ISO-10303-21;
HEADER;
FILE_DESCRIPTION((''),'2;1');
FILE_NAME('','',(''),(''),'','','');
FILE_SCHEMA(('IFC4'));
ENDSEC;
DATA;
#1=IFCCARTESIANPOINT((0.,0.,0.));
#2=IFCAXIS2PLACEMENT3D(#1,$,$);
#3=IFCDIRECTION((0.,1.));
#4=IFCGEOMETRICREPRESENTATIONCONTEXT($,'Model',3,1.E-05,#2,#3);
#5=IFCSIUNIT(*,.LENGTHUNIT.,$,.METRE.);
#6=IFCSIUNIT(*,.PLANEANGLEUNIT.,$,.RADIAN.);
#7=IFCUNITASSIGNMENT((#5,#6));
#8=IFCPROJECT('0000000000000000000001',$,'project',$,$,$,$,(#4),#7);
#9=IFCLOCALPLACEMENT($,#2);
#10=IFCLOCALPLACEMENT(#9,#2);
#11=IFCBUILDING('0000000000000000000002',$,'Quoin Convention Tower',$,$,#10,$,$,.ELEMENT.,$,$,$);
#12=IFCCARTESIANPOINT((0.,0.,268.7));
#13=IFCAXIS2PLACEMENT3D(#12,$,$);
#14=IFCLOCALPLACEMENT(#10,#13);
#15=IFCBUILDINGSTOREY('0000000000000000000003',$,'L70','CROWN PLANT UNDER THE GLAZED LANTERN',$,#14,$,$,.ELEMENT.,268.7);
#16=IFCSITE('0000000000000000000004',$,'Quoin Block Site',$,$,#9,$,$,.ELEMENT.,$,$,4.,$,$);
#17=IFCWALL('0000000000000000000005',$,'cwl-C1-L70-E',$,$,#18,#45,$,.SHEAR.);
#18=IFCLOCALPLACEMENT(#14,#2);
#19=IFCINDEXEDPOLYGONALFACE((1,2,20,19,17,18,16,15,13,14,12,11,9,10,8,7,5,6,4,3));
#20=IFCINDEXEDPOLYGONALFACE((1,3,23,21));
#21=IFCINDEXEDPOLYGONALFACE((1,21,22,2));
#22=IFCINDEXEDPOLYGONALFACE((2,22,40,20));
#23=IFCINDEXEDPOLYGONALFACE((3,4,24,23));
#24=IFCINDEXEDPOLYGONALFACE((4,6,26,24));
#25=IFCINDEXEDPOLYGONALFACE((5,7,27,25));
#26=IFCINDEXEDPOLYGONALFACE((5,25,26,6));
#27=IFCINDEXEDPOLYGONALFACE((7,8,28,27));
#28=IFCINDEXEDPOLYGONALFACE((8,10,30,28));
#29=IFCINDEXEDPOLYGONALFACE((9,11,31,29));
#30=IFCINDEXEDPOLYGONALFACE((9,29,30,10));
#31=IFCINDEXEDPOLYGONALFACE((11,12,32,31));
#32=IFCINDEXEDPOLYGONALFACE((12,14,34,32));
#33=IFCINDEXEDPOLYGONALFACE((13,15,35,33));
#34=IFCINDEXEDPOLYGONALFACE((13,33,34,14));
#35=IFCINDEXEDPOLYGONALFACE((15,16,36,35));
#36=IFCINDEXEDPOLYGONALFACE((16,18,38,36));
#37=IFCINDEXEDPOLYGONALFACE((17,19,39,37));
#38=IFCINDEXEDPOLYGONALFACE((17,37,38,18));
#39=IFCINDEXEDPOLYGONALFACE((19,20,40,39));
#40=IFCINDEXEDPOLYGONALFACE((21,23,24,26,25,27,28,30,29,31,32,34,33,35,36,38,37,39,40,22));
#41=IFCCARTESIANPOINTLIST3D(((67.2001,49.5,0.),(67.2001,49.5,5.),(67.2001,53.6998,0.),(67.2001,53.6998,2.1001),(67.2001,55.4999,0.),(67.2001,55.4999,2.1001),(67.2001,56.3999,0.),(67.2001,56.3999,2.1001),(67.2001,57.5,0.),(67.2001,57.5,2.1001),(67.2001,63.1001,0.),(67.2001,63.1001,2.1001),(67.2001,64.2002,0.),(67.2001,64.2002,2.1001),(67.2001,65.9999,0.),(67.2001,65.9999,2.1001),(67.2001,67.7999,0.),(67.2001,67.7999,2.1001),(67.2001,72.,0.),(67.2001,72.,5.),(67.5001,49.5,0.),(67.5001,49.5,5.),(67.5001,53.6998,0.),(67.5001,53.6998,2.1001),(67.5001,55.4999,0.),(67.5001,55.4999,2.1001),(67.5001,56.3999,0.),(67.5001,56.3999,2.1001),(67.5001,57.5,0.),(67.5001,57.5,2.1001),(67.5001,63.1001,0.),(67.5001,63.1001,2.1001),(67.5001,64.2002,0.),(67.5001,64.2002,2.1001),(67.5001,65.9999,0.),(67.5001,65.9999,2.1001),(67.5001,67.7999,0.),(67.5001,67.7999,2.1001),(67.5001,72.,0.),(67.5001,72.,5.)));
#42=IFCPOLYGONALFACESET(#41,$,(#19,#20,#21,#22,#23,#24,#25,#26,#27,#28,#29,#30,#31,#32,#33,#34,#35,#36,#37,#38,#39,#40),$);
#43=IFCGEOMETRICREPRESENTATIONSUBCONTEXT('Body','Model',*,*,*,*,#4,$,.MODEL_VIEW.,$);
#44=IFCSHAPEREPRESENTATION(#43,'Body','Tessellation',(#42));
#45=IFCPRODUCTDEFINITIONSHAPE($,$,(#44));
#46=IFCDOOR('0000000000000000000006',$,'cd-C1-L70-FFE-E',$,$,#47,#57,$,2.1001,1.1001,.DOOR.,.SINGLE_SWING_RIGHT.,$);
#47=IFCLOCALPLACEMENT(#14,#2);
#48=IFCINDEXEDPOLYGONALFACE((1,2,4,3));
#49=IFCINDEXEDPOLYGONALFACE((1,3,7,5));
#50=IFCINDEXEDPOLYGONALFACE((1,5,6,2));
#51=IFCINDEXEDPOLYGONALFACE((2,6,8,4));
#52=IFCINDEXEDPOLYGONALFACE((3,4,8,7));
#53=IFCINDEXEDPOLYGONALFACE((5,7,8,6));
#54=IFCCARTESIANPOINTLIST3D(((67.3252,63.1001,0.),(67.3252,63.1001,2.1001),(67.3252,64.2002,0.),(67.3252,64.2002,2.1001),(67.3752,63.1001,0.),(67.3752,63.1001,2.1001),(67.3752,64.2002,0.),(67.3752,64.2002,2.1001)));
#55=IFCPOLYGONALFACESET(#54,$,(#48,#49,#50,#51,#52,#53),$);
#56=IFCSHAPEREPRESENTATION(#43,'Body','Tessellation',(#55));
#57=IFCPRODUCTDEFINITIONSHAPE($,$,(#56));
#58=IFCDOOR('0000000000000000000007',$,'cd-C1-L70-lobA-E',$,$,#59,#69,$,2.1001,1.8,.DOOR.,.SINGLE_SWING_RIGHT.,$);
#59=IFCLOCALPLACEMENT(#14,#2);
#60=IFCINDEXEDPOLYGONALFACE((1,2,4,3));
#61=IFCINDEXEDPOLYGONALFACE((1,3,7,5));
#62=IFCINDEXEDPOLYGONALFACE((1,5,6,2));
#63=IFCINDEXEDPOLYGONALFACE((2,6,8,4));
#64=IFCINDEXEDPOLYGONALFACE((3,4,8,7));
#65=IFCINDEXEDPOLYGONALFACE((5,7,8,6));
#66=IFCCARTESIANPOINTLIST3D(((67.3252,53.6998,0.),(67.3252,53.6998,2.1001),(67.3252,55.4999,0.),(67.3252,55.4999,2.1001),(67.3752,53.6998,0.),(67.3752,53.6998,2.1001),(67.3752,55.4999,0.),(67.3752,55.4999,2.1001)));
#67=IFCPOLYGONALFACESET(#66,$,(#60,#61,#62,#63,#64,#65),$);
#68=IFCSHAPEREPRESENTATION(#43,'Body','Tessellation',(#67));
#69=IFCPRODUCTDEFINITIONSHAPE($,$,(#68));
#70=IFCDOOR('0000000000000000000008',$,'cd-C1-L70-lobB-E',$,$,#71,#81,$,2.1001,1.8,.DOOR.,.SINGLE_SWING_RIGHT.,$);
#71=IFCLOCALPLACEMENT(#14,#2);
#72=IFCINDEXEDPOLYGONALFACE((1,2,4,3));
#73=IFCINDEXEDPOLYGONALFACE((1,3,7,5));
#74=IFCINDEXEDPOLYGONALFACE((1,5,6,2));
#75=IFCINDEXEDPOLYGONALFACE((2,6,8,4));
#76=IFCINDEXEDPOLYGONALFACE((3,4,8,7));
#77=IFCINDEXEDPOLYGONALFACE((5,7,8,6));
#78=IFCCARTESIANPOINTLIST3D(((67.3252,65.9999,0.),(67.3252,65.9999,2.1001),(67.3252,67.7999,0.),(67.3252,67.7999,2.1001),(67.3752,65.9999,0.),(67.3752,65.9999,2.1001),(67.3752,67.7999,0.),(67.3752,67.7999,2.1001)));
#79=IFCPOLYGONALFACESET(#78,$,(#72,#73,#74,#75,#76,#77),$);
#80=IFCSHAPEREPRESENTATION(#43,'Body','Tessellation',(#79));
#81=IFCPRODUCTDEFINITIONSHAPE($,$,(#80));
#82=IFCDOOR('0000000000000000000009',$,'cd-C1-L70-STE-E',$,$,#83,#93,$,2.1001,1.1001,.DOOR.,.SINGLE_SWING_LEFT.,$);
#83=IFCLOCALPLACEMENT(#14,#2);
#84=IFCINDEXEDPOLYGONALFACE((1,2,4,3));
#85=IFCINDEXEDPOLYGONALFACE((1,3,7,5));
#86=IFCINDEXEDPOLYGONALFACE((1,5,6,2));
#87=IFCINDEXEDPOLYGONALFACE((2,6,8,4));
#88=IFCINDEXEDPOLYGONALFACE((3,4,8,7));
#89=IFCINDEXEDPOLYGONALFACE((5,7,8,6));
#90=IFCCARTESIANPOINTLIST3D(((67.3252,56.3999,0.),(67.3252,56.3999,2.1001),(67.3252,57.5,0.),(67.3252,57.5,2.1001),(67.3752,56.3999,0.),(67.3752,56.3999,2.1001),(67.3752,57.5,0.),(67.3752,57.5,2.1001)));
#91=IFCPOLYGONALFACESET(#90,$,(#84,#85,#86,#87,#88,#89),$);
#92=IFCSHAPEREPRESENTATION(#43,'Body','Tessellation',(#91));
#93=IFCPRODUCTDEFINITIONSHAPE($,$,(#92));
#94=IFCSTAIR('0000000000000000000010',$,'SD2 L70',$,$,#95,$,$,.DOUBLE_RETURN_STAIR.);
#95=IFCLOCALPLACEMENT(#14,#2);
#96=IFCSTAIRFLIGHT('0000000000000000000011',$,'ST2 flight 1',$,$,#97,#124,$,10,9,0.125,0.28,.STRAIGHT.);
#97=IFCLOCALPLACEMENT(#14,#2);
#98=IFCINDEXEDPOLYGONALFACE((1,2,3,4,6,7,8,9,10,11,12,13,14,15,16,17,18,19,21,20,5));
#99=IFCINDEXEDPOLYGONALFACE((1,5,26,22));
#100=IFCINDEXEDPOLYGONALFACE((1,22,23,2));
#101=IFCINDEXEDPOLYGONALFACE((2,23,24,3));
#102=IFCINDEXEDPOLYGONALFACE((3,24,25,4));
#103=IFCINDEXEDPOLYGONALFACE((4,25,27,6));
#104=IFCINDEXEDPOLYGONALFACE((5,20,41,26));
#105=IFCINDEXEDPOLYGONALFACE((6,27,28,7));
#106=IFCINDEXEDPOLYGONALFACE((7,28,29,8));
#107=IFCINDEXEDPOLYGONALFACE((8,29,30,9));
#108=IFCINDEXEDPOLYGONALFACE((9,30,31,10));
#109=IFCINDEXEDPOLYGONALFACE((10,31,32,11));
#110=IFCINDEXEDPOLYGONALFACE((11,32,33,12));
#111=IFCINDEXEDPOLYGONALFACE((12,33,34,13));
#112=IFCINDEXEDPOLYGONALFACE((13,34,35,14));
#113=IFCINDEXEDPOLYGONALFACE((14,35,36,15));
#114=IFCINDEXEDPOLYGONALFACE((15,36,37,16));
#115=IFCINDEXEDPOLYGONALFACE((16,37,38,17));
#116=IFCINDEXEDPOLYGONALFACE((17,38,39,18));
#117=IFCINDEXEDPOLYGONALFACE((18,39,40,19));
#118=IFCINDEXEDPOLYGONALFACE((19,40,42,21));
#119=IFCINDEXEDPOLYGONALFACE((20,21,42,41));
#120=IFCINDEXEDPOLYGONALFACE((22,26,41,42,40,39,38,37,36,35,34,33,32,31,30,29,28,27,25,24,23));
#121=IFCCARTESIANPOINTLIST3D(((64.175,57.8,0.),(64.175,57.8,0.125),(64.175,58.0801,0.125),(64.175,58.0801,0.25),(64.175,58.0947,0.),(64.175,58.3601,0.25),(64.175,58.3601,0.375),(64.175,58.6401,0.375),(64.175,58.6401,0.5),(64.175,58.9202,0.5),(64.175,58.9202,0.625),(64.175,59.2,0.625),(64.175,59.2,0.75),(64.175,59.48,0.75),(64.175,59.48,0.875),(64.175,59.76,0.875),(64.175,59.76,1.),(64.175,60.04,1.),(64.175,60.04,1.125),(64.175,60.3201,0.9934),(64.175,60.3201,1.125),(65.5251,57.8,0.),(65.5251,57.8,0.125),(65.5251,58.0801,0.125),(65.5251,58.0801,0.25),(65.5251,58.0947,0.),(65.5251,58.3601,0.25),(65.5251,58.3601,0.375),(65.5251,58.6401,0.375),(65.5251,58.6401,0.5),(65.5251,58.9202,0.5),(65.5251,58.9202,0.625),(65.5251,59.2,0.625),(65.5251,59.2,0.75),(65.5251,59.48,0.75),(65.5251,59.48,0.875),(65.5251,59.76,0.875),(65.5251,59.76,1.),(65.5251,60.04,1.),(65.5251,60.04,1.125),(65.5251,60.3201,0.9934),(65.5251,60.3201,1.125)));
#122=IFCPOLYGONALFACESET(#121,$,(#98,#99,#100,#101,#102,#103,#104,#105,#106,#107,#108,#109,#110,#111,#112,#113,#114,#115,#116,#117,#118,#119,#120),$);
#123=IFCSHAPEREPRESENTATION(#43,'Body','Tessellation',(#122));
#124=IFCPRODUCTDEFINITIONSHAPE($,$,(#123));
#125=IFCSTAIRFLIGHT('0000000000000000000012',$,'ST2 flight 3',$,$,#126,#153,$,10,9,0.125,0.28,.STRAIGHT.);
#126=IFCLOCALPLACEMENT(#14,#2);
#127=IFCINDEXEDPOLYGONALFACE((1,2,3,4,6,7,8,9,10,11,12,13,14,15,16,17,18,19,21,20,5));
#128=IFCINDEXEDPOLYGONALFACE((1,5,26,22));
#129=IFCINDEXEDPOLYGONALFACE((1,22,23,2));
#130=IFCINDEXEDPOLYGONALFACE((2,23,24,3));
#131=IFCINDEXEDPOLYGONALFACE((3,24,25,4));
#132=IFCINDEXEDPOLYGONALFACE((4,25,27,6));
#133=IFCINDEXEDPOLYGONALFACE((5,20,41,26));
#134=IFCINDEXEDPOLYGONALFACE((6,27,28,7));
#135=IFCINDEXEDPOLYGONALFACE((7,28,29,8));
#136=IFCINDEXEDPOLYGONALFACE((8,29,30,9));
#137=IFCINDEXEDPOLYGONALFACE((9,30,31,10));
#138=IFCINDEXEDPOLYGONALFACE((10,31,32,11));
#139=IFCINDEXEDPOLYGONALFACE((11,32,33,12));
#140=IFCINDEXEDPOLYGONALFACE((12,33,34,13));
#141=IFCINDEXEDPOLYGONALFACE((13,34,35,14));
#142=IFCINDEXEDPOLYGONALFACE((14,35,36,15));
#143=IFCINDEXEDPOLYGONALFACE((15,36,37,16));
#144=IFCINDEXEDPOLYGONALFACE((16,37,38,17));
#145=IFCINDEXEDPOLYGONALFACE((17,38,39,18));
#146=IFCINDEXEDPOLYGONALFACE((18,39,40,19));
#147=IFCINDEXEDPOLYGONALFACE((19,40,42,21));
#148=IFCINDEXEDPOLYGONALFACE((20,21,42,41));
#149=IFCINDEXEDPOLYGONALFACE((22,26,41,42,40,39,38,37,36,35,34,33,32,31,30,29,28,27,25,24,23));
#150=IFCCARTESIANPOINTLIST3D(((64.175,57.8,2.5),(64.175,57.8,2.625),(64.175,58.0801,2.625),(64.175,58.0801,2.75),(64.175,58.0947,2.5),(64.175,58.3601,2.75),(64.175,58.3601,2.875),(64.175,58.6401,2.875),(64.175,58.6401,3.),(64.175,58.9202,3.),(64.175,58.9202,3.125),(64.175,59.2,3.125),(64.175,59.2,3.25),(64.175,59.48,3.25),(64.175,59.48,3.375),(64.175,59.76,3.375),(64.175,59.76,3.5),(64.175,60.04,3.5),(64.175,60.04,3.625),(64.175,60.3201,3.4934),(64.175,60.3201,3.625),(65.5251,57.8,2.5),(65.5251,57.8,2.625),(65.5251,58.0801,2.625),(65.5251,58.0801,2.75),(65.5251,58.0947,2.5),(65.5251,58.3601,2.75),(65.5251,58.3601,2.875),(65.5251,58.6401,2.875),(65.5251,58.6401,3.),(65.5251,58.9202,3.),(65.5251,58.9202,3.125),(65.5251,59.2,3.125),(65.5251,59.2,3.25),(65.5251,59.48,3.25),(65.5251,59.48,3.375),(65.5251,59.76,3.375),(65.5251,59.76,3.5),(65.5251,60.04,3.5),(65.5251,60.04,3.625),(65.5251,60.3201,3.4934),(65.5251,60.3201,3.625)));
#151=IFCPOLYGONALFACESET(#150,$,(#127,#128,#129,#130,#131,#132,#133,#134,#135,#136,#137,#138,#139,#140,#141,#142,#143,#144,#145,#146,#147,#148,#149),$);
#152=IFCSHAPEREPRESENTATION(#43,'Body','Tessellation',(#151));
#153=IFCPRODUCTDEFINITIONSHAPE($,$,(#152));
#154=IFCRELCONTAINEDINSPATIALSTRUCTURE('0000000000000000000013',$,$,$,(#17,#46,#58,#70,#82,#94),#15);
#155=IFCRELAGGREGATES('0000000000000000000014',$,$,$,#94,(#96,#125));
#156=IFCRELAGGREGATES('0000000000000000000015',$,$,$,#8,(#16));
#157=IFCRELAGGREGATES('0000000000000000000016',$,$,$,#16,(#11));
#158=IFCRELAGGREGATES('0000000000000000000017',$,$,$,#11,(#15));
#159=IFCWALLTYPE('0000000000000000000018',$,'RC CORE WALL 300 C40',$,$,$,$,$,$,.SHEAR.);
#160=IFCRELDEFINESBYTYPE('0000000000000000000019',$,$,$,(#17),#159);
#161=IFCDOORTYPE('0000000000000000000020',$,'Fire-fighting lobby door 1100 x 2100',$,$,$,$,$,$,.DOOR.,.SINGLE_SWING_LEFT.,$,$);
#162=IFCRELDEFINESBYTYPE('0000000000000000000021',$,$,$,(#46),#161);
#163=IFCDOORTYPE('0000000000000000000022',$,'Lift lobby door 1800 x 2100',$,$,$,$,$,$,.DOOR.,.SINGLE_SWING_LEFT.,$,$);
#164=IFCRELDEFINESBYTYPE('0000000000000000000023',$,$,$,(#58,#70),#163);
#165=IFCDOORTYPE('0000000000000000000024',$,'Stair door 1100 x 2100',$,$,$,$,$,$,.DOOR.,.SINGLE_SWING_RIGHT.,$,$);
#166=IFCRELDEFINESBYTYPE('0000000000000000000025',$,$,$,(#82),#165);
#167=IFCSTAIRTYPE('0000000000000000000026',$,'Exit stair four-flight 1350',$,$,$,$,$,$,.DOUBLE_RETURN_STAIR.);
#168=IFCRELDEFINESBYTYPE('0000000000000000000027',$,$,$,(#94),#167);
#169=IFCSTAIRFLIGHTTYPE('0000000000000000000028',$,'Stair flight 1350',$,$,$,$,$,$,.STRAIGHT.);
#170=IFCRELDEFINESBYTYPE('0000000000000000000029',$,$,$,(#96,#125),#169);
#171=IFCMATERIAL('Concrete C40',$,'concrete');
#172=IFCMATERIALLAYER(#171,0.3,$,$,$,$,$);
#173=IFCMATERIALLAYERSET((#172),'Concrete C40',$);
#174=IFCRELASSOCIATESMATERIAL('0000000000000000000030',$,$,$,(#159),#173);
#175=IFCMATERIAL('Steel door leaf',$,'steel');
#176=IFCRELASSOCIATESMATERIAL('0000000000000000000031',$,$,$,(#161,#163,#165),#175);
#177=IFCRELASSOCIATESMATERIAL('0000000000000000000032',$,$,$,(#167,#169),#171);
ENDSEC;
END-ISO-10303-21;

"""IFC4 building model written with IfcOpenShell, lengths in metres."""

from ifc_helpers import new_model, si_unit, direction, frame, frame_2d, origin, place, context, subcontext, project, spatial, polyline, rectangle, outline, extrude, material, layer, layer_set, type_object, element, fill, aggregate, save


model = new_model("IFC4")

# Units and contexts
model_context = context("Model", 3, precision=1e-05, world=origin(), true_north=direction((0.0, 1.0)))
body_context = subcontext(model_context, "Body", "Model", "MODEL_VIEW")
ifc_project = project(units=[si_unit("LENGTHUNIT", "METRE"), si_unit("PLANEANGLEUNIT", "RADIAN")], contexts=[model_context])

# Site, building, storey
site_placement = place(None, origin())
site = spatial("IfcSite", under=ifc_project, at=site_placement, Name="Quoin Block Site", CompositionType="ELEMENT", RefElevation=4.0)
building_placement = place(site_placement, origin())
building = spatial("IfcBuilding", under=site, at=building_placement, Name="Quoin Convention Tower", CompositionType="ELEMENT")
storey_placement = place(building_placement, frame((0.0, 0.0, 268.7)))
storey = spatial("IfcBuildingStorey", under=building, at=storey_placement, Name="L70", Description="CROWN PLANT UNDER THE GLAZED LANTERN", CompositionType="ELEMENT", Elevation=268.7)

# Shared definitions
ifc_material_1 = material(Name="Concrete C40", Category="concrete")

# Wall, openings, doors
ifc_layer_1 = layer(ifc_material_1, 0.3)
ifc_layer_set_1 = layer_set([ifc_layer_1], Name="Concrete C40")
wall_type_1 = type_object("IfcWallType", Name="RC CORE WALL 300 C40", PredefinedType="SHEAR", material=ifc_layer_set_1)
wall_1_placement = place(storey_placement, frame((67.3501, 49.5, 0.0), z_axis=(0.0, 0.0, 1.0), x_axis=(0.0, 1.0, 0.0)))
wall_1 = element("IfcWall", 1, at=wall_1_placement, inside=storey, type_object=wall_type_1, Name="cwl-C1-L70-E", PredefinedType="SHEAR", context=body_context, shape_type="SweptSolid", body=[
    extrude(rectangle(XDim=22.5, YDim=0.3, at=frame_2d((11.25, 0.0))), origin(), (0.0, 0.0, 1.0), 5.0),
])
opening_1_placement = place(wall_1_placement, frame((4.2, 0.0, 0.0)))
opening_1 = element("IfcOpeningElement", 2, at=opening_1_placement, cuts=wall_1, PredefinedType="OPENING", context=body_context, shape_type="SweptSolid", body=[
    extrude(rectangle(XDim=1.8, YDim=2.1001, at=frame_2d((0.8999, 1.05))), frame((0.0, 0.1599, 0.0), z_axis=(0.0, -1.0, 0.0), x_axis=(1.0, 0.0, 0.0)), (0.0, 0.0, 1.0), 0.3201),
])
opening_2_placement = place(wall_1_placement, frame((6.8999, 0.0, 0.0)))
opening_2 = element("IfcOpeningElement", 3, at=opening_2_placement, cuts=wall_1, PredefinedType="OPENING", context=body_context, shape_type="SweptSolid", body=[
    extrude(rectangle(XDim=1.1001, YDim=2.1001, at=frame_2d((0.55, 1.05))), frame((0.0, 0.1599, 0.0), z_axis=(0.0, -1.0, 0.0), x_axis=(1.0, 0.0, 0.0)), (0.0, 0.0, 1.0), 0.3201),
])
opening_3_placement = place(wall_1_placement, frame((13.6001, 0.0, 0.0)))
opening_3 = element("IfcOpeningElement", 4, at=opening_3_placement, cuts=wall_1, PredefinedType="OPENING", context=body_context, shape_type="SweptSolid", body=[
    extrude(rectangle(XDim=1.1001, YDim=2.1001, at=frame_2d((0.55, 1.05))), frame((0.0, 0.1599, 0.0), z_axis=(0.0, -1.0, 0.0), x_axis=(1.0, 0.0, 0.0)), (0.0, 0.0, 1.0), 0.3201),
])
opening_4_placement = place(wall_1_placement, frame((16.5, 0.0, 0.0)))
opening_4 = element("IfcOpeningElement", 5, at=opening_4_placement, cuts=wall_1, PredefinedType="OPENING", context=body_context, shape_type="SweptSolid", body=[
    extrude(rectangle(XDim=1.8, YDim=2.1001, at=frame_2d((0.8999, 1.05))), frame((0.0, 0.1599, 0.0), z_axis=(0.0, -1.0, 0.0), x_axis=(1.0, 0.0, 0.0)), (0.0, 0.0, 1.0), 0.3201),
])
ifc_material_2 = material(Name="Steel door leaf", Category="steel")
door_type_1 = type_object("IfcDoorType", Name="Fire-fighting lobby door 1100 x 2100", OperationType="SINGLE_SWING_LEFT", PredefinedType="DOOR", material=ifc_material_2)
door_1_placement = place(opening_3_placement, origin())
door_1 = element("IfcDoor", 6, at=door_1_placement, inside=storey, type_object=door_type_1, Name="cd-C1-L70-FFE-E", OperationType="SINGLE_SWING_RIGHT", OverallHeight=2.1001, OverallWidth=1.1001, PredefinedType="DOOR", context=body_context, shape_type="SweptSolid", body=[
    extrude(rectangle(XDim=1.1001, YDim=2.1001, at=frame_2d((0.55, 1.05))), frame((0.0, 0.0249, 0.0), z_axis=(0.0, -1.0, 0.0), x_axis=(1.0, 0.0, 0.0)), (0.0, 0.0, 1.0), 0.05),
])
fill(opening_3, door_1)
door_type_2 = type_object("IfcDoorType", Name="Lift lobby door 1800 x 2100", OperationType="SINGLE_SWING_LEFT", PredefinedType="DOOR", material=ifc_material_2)
door_2_placement = place(opening_1_placement, origin())
door_2 = element("IfcDoor", 7, at=door_2_placement, inside=storey, type_object=door_type_2, Name="cd-C1-L70-lobA-E", OperationType="SINGLE_SWING_RIGHT", OverallHeight=2.1001, OverallWidth=1.8, PredefinedType="DOOR", context=body_context, shape_type="SweptSolid", body=[
    extrude(rectangle(XDim=1.8, YDim=2.1001, at=frame_2d((0.8999, 1.05))), frame((0.0, 0.0249, 0.0), z_axis=(0.0, -1.0, 0.0), x_axis=(1.0, 0.0, 0.0)), (0.0, 0.0, 1.0), 0.05),
])
fill(opening_1, door_2)
door_3_placement = place(opening_4_placement, origin())
door_3 = element("IfcDoor", 8, at=door_3_placement, inside=storey, type_object=door_type_2, Name="cd-C1-L70-lobB-E", OperationType="SINGLE_SWING_RIGHT", OverallHeight=2.1001, OverallWidth=1.8, PredefinedType="DOOR", context=body_context, shape_type="SweptSolid", body=[
    extrude(rectangle(XDim=1.8, YDim=2.1001, at=frame_2d((0.8999, 1.05))), frame((0.0, 0.0249, 0.0), z_axis=(0.0, -1.0, 0.0), x_axis=(1.0, 0.0, 0.0)), (0.0, 0.0, 1.0), 0.05),
])
fill(opening_4, door_3)
door_type_3 = type_object("IfcDoorType", Name="Stair door 1100 x 2100", OperationType="SINGLE_SWING_RIGHT", PredefinedType="DOOR", material=ifc_material_2)
door_4_placement = place(opening_2_placement, origin())
door_4 = element("IfcDoor", 9, at=door_4_placement, inside=storey, type_object=door_type_3, Name="cd-C1-L70-STE-E", OperationType="SINGLE_SWING_LEFT", OverallHeight=2.1001, OverallWidth=1.1001, PredefinedType="DOOR", context=body_context, shape_type="SweptSolid", body=[
    extrude(rectangle(XDim=1.1001, YDim=2.1001, at=frame_2d((0.55, 1.05))), frame((0.0, 0.0249, 0.0), z_axis=(0.0, -1.0, 0.0), x_axis=(1.0, 0.0, 0.0)), (0.0, 0.0, 1.0), 0.05),
])
fill(opening_2, door_4)

# Stair, stair flights
stair_type = type_object("IfcStairType", Name="Exit stair four-flight 1350", PredefinedType="DOUBLE_RETURN_STAIR", material=ifc_material_1)
stair_placement = place(storey_placement, origin())
stair = element("IfcStair", 10, at=stair_placement, inside=storey, type_object=stair_type, Name="SD2 L70", PredefinedType="DOUBLE_RETURN_STAIR")
stair_flight_type = type_object("IfcStairFlightType", Name="Stair flight 1350", PredefinedType="STRAIGHT", material=ifc_material_1)
stair_flight_1_placement = place(storey_placement, frame((64.8501, 57.8, 0.0), z_axis=(0.0, 0.0, 1.0), x_axis=(0.0, 1.0, 0.0)))
stair_flight_1 = element("IfcStairFlight", 11, at=stair_flight_1_placement, type_object=stair_flight_type, Name="ST2 flight 1", NumberOfRisers=10, NumberOfTreads=9, PredefinedType="STRAIGHT", RiserHeight=0.125, TreadLength=0.28, context=body_context, shape_type="SweptSolid", body=[
    extrude(outline(polyline([(0.0, 0.0), (0.0, 0.125), (0.28, 0.125), (0.28, 0.25), (0.5601, 0.25), (0.5601, 0.375), (0.8401, 0.375), (0.8401, 0.5), (1.1201, 0.5), (1.1201, 0.625), (1.3999, 0.625), (1.3999, 0.75), (1.6799, 0.75), (1.6799, 0.875), (1.96, 0.875), (1.96, 1.0), (2.24, 1.0), (2.24, 1.125), (2.52, 1.125), (2.52, 1.25), (2.52, 0.9934), (0.2947, 0.0), (0.0, 0.0)])), frame((0.0, 0.675, 0.0), z_axis=(0.0, -1.0, 0.0), x_axis=(1.0, 0.0, 0.0)), (0.0, 0.0, 1.0), 1.3501),
])
stair_flight_2_placement = place(storey_placement, frame((64.8501, 57.8, 2.5), z_axis=(0.0, 0.0, 1.0), x_axis=(0.0, 1.0, 0.0)))
stair_flight_2 = element("IfcStairFlight", 12, at=stair_flight_2_placement, type_object=stair_flight_type, Name="ST2 flight 3", NumberOfRisers=10, NumberOfTreads=9, PredefinedType="STRAIGHT", RiserHeight=0.125, TreadLength=0.28, context=body_context, shape_type="SweptSolid", body=[
    extrude(outline(polyline([(0.0, 0.0), (0.0, 0.125), (0.28, 0.125), (0.28, 0.25), (0.5601, 0.25), (0.5601, 0.375), (0.8401, 0.375), (0.8401, 0.5), (1.1201, 0.5), (1.1201, 0.625), (1.3999, 0.625), (1.3999, 0.75), (1.6799, 0.75), (1.6799, 0.875), (1.96, 0.875), (1.96, 1.0), (2.24, 1.0), (2.24, 1.125), (2.52, 1.125), (2.52, 1.25), (2.52, 0.9934), (0.2947, 0.0), (0.0, 0.0)])), frame((0.0, 0.675, 0.0), z_axis=(0.0, -1.0, 0.0), x_axis=(1.0, 0.0, 0.0)), (0.0, 0.0, 1.0), 1.3501),
])
aggregate(stair, [stair_flight_1, stair_flight_2])

save(model, "model.ifc")
